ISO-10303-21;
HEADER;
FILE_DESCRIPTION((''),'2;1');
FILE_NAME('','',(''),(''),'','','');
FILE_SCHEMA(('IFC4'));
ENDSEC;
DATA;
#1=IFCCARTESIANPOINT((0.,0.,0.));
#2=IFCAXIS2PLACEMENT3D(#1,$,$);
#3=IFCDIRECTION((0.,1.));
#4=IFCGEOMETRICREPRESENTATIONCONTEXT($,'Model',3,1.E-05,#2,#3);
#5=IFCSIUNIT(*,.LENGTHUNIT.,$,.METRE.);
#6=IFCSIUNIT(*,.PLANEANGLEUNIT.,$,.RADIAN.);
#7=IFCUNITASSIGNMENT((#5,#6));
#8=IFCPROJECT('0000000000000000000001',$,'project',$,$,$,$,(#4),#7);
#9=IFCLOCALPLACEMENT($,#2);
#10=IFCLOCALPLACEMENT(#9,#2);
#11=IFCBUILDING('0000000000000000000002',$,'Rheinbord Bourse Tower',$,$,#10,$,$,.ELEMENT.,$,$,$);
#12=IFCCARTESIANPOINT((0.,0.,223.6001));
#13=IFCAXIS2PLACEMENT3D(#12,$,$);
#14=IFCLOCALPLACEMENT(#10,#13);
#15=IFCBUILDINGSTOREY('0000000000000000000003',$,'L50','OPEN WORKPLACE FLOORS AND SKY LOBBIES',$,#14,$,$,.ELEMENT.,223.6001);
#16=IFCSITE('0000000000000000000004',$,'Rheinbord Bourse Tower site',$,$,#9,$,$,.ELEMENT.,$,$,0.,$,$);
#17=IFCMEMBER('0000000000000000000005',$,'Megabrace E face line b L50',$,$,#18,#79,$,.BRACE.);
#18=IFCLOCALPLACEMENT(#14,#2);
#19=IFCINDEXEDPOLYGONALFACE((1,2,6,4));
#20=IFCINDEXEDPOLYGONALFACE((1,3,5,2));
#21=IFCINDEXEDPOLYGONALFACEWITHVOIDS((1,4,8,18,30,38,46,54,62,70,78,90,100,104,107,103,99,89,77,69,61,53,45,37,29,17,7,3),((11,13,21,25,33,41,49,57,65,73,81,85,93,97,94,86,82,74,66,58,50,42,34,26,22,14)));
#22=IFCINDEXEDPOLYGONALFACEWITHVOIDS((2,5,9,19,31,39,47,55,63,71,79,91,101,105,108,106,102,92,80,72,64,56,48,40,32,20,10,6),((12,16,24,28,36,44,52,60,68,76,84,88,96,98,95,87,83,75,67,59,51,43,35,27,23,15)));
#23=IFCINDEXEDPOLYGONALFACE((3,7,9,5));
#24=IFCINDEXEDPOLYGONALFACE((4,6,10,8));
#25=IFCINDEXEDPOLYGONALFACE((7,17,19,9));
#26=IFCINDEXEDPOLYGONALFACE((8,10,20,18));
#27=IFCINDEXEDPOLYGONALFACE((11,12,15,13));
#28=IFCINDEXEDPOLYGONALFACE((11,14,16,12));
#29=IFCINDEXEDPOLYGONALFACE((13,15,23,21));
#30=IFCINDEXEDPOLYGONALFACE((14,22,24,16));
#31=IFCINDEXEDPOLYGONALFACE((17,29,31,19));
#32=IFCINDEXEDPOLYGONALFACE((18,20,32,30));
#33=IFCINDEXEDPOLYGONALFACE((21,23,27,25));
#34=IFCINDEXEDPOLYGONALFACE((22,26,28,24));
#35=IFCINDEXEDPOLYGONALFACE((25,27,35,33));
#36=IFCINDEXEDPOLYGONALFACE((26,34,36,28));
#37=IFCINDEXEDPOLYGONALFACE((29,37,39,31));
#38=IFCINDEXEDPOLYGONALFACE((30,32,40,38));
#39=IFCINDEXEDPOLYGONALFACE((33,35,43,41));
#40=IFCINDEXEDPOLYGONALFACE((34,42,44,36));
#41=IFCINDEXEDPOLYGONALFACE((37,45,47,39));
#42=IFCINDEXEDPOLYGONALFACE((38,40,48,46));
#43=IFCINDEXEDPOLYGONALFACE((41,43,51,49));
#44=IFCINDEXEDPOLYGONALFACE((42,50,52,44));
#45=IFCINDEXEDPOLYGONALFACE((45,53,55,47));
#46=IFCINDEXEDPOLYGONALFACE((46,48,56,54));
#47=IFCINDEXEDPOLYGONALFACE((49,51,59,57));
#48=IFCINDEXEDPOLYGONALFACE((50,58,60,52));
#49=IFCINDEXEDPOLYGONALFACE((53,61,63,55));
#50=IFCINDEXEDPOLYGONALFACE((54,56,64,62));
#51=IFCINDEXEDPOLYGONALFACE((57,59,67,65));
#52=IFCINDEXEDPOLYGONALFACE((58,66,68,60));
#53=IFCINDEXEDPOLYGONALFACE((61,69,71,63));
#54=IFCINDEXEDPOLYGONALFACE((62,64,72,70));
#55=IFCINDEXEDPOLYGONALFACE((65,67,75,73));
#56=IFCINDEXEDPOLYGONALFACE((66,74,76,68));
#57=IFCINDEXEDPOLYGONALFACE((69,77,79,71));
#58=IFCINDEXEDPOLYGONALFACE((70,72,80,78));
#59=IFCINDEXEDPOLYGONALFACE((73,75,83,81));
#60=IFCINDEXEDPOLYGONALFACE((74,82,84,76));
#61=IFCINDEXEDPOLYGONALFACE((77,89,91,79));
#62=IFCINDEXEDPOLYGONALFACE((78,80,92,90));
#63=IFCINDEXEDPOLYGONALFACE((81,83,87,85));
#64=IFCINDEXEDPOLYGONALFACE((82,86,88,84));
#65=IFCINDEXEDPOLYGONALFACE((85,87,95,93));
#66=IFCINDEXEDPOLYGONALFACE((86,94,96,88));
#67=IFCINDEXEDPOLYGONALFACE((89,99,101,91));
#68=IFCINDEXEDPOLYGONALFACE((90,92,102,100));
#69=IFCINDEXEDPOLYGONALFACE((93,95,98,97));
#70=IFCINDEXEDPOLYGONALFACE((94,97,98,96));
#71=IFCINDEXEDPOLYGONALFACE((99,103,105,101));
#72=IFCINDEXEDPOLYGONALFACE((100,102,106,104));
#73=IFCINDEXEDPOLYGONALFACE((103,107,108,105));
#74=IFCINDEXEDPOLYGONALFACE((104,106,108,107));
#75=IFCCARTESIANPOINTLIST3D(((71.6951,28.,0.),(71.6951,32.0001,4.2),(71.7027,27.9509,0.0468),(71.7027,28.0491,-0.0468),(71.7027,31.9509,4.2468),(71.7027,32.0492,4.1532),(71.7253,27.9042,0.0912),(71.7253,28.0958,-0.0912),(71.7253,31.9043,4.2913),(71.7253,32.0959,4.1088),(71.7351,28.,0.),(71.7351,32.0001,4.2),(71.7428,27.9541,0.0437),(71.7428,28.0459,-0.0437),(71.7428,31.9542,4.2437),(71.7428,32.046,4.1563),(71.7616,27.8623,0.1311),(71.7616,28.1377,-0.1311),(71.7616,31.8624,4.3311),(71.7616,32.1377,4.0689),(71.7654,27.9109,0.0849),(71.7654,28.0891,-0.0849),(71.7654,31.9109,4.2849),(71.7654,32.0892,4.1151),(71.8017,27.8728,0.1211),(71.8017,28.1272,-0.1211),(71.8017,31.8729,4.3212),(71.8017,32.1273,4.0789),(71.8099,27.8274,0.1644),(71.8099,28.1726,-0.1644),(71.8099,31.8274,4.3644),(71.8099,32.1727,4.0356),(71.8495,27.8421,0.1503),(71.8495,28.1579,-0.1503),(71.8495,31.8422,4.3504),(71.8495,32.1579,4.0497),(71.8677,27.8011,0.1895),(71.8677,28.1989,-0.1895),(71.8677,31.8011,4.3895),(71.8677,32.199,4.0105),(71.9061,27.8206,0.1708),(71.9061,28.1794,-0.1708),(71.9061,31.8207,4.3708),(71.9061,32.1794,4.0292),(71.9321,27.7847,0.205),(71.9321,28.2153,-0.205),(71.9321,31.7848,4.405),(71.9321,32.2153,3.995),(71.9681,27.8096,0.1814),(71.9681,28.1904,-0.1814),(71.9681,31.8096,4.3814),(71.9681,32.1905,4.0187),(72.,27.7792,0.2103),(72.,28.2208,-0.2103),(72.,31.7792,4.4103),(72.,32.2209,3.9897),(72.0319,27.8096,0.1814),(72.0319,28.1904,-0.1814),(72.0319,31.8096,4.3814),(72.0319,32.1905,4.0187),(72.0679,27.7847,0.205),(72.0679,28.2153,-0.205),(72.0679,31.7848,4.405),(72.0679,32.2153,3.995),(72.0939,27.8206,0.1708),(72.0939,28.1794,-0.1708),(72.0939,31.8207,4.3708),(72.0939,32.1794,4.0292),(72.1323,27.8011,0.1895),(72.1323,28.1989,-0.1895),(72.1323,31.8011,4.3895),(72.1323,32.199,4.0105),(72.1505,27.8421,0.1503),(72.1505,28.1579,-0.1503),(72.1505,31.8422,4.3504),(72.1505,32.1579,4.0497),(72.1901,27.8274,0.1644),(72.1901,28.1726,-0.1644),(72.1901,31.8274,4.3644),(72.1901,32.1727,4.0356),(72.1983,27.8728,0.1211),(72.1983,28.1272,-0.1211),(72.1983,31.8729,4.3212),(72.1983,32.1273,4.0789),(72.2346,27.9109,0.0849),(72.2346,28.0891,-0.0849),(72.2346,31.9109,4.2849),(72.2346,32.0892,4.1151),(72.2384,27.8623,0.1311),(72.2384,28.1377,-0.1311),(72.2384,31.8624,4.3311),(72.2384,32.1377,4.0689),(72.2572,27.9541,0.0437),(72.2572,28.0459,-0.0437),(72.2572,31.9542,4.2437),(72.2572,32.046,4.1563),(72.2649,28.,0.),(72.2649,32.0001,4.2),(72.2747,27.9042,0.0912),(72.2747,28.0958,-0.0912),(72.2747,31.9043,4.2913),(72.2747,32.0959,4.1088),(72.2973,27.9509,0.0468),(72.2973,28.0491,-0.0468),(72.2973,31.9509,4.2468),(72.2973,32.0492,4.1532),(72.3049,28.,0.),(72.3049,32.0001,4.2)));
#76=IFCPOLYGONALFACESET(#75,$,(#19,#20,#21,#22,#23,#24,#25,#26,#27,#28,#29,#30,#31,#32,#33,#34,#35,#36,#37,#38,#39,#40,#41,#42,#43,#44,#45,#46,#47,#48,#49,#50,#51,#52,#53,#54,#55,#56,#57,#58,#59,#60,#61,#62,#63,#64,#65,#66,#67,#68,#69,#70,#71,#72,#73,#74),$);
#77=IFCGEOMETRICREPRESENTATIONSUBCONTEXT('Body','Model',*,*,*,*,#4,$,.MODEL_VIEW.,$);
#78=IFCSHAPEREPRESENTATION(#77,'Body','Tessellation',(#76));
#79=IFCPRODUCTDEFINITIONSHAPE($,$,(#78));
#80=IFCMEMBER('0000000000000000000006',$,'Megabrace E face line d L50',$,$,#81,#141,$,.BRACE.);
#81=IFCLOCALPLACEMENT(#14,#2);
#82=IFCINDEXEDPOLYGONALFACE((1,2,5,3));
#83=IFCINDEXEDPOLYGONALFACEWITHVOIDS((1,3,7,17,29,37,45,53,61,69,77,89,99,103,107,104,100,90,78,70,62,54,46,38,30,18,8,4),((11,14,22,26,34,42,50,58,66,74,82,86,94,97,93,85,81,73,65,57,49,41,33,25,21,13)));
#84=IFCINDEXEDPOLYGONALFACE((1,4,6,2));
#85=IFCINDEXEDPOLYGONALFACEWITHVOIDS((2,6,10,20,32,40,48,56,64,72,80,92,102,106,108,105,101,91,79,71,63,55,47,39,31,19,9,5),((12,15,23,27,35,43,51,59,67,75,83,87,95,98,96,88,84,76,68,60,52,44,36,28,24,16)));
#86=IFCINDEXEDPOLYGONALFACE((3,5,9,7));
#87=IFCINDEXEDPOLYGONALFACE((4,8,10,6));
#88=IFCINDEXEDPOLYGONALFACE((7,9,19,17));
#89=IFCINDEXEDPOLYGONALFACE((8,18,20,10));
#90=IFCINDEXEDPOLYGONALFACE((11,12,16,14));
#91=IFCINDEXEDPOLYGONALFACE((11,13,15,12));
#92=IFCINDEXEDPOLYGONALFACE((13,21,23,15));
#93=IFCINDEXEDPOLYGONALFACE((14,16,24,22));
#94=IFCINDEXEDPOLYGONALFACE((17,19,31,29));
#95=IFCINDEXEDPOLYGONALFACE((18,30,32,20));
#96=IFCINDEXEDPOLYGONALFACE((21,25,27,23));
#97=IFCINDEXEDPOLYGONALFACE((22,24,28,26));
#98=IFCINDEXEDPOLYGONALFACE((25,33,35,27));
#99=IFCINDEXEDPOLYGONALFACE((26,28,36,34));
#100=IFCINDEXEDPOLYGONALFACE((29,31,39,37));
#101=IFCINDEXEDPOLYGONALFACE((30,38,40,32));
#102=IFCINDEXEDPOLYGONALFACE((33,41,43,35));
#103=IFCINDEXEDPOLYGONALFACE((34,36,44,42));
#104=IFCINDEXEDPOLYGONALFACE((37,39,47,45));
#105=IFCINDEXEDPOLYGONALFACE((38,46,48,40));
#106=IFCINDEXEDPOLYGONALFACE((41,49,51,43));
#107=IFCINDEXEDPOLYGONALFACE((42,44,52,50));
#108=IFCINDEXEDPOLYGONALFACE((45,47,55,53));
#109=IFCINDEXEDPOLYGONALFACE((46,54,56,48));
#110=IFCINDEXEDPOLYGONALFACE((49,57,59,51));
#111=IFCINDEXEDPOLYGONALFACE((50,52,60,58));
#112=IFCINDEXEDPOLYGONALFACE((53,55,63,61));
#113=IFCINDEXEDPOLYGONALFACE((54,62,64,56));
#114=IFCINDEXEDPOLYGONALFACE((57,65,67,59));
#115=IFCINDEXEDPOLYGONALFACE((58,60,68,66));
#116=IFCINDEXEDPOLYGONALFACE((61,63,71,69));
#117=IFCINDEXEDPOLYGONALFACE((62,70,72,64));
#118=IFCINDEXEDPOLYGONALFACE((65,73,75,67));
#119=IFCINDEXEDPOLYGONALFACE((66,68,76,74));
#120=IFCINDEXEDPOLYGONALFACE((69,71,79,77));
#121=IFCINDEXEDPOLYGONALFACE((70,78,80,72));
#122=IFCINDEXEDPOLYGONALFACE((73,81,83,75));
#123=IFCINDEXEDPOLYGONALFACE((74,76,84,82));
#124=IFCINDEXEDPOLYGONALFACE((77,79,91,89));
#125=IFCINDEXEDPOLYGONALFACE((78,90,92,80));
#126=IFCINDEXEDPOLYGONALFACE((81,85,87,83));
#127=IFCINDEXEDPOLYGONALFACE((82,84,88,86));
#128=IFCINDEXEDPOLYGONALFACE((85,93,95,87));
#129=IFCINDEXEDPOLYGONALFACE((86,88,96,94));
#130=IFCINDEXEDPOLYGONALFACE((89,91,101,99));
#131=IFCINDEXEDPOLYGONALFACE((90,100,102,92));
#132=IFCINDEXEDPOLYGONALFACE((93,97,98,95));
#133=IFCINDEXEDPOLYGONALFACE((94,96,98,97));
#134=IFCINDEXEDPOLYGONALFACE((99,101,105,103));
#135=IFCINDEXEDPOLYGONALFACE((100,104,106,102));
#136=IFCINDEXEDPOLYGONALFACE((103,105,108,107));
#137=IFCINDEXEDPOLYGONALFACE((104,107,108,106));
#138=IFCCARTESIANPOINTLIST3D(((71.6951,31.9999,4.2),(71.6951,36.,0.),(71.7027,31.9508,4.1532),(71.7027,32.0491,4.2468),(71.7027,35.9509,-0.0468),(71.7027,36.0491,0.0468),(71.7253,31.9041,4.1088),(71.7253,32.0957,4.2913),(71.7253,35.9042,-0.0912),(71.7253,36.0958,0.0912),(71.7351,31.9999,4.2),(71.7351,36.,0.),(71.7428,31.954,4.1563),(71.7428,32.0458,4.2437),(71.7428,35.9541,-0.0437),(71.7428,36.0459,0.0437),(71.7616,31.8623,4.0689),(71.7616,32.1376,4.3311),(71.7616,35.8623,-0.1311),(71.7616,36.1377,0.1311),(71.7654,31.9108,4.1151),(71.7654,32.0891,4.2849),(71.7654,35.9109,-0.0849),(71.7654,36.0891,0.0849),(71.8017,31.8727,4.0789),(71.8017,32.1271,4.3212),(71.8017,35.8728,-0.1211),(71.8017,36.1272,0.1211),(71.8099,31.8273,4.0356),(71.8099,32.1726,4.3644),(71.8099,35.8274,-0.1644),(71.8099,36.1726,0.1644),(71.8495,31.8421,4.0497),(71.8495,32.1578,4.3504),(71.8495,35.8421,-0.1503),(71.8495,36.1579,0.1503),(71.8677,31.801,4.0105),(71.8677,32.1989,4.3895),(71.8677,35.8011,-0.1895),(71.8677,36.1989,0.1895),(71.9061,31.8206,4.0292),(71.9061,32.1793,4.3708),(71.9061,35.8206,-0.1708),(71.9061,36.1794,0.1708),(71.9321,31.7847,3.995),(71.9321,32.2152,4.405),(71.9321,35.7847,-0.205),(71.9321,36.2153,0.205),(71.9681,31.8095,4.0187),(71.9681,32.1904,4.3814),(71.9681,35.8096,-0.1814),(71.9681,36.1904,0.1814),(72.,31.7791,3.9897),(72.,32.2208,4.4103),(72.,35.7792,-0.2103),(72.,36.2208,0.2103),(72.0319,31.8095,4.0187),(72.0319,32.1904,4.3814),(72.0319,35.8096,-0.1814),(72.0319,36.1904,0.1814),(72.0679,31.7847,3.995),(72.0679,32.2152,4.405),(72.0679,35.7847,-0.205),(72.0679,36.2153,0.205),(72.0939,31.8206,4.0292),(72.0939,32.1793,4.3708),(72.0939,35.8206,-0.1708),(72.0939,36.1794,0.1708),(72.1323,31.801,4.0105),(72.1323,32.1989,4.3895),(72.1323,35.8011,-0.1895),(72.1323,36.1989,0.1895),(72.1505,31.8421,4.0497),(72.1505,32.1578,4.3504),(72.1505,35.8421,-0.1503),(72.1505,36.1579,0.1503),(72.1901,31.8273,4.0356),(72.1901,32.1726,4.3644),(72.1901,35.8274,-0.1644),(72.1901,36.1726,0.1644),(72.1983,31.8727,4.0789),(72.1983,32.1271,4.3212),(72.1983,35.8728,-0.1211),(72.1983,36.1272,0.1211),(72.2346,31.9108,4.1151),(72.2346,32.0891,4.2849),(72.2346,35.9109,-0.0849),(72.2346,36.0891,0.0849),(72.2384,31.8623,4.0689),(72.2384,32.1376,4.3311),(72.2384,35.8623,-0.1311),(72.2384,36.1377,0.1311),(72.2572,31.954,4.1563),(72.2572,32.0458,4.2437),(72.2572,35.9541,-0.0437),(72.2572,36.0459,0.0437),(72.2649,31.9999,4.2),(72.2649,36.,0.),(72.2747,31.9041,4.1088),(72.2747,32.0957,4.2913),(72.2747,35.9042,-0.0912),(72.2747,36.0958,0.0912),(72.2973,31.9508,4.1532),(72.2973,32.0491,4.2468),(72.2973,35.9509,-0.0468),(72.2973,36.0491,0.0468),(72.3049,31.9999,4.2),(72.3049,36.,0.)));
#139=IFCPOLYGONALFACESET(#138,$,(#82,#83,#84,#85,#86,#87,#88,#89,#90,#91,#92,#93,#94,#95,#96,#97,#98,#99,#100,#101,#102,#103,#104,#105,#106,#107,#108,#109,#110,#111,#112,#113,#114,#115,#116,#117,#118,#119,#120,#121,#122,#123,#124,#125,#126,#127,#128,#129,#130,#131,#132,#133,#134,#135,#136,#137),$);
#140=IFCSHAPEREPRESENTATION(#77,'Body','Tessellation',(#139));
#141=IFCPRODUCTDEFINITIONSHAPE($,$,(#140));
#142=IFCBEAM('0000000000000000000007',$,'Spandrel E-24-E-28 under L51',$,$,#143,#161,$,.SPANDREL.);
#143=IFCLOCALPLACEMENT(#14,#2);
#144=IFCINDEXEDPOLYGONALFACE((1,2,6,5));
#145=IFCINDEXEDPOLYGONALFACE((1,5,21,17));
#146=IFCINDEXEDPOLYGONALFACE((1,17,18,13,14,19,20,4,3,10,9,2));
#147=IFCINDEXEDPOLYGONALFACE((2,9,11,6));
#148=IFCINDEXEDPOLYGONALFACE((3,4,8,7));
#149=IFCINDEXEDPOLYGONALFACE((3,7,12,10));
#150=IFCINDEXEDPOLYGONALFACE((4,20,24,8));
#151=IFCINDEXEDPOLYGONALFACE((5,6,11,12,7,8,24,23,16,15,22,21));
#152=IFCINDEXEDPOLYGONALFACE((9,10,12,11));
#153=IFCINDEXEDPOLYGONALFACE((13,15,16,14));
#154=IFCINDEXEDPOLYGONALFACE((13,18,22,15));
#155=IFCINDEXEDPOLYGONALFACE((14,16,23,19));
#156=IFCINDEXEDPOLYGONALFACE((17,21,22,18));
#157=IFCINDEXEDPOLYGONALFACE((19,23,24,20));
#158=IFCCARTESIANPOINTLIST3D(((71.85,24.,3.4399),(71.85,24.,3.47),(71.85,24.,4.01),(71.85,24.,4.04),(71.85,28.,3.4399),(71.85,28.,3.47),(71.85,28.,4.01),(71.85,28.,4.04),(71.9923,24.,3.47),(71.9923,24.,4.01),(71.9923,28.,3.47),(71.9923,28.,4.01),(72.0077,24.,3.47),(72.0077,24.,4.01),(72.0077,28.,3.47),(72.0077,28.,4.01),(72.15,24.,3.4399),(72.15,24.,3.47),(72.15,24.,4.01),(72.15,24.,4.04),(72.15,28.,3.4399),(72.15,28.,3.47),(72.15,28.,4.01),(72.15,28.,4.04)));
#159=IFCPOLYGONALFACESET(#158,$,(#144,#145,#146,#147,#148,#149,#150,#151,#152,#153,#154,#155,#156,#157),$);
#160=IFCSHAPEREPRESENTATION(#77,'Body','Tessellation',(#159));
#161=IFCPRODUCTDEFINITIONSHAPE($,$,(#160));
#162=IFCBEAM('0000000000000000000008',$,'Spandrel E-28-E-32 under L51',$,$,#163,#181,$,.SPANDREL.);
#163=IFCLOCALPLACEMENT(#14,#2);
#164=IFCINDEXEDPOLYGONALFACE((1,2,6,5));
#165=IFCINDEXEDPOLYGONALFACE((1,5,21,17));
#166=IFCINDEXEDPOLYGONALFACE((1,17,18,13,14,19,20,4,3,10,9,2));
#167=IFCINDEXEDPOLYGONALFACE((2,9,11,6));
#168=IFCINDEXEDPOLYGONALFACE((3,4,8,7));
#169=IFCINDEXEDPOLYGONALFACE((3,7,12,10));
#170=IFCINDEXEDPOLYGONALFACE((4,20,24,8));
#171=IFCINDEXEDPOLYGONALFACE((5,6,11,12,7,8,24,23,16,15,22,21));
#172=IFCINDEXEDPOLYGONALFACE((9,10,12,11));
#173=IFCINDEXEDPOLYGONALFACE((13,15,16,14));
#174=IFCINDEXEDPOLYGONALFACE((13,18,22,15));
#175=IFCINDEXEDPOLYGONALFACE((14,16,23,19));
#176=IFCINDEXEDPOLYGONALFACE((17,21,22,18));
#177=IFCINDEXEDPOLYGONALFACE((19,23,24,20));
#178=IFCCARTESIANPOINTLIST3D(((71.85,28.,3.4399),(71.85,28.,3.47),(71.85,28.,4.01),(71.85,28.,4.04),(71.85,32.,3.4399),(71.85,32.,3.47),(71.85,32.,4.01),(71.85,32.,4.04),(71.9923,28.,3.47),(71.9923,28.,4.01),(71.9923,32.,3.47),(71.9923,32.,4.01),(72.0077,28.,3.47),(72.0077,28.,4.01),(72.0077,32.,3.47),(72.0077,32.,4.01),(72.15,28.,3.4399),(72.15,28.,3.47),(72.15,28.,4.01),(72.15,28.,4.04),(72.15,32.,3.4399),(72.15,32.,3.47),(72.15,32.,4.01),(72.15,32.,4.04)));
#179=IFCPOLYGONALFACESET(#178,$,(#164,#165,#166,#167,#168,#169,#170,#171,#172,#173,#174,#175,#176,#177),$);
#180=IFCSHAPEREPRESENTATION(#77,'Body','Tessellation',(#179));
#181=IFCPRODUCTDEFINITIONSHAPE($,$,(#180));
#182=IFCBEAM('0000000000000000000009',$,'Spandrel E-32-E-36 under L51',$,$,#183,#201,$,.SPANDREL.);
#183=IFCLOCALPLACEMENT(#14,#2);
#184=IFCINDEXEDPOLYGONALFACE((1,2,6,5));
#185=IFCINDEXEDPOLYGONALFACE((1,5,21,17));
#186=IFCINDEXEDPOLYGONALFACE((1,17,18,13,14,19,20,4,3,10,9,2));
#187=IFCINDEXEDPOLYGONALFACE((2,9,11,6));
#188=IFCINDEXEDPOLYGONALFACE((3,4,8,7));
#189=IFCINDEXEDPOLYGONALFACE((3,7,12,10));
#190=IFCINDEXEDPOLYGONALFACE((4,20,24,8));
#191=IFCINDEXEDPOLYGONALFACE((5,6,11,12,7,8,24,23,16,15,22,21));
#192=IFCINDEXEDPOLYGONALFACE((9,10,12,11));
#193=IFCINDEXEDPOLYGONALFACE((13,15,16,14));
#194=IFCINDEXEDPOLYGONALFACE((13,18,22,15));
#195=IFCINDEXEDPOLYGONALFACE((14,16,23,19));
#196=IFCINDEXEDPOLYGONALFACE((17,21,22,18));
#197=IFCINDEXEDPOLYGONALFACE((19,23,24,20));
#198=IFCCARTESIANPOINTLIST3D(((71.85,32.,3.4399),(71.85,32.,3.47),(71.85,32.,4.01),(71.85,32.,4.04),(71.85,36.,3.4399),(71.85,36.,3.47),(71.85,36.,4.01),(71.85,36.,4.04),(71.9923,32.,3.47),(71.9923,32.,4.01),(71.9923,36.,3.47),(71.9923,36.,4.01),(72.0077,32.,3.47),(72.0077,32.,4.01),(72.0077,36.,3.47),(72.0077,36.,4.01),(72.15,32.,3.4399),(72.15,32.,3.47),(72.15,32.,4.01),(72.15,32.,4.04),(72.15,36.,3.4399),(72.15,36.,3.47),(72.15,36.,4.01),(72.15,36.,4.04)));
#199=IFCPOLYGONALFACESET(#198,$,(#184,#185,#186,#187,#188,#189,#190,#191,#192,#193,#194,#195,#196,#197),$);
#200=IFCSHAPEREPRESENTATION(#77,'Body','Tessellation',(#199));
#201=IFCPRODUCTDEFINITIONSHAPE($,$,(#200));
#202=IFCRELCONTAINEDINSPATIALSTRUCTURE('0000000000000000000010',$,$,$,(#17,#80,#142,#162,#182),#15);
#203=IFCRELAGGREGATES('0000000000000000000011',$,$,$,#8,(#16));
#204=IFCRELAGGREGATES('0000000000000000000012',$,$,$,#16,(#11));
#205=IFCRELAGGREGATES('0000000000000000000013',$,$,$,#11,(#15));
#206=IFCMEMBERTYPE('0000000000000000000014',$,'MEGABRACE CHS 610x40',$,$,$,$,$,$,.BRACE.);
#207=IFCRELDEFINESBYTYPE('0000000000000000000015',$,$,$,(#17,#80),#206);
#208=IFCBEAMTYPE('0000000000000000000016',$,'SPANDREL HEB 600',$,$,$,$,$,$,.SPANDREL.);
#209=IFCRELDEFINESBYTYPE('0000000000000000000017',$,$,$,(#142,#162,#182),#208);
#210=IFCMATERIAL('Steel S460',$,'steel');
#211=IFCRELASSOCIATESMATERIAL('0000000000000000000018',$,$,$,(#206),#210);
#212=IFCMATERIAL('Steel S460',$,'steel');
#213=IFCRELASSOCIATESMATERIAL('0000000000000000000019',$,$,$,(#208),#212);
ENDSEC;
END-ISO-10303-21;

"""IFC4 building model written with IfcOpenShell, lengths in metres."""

from ifc_helpers import new_model, si_unit, direction, frame, origin, origin_2d, place, context, subcontext, project, spatial, hollow_circle, i_section, extrude, material, material_profile, profile_set, type_object, element, save


model = new_model("IFC4")

# Units and contexts
model_context = context("Model", 3, precision=1e-05, world=origin(), true_north=direction((0.0, 1.0)))
body_context = subcontext(model_context, "Body", "Model", "MODEL_VIEW")
ifc_project = project(units=[si_unit("LENGTHUNIT", "METRE"), si_unit("PLANEANGLEUNIT", "RADIAN")], contexts=[model_context])

# Site, building, storey
site_placement = place(None, origin())
site = spatial("IfcSite", under=ifc_project, at=site_placement, Name="Rheinbord Bourse Tower site", CompositionType="ELEMENT", RefElevation=0.0)
building_placement = place(site_placement, origin())
building = spatial("IfcBuilding", under=site, at=building_placement, Name="Rheinbord Bourse Tower", CompositionType="ELEMENT")
storey_placement = place(building_placement, frame((0.0, 0.0, 223.6001)))
storey = spatial("IfcBuildingStorey", under=building, at=storey_placement, Name="L50", Description="OPEN WORKPLACE FLOORS AND SKY LOBBIES", CompositionType="ELEMENT", Elevation=223.6001)

# Members
ifc_material_1 = material(Name="Steel S460", Category="steel")
ifc_material_profile_1 = material_profile(ifc_material_1, hollow_circle(Radius=0.3049, WallThickness=0.04, at=origin_2d()), Name="CHS 610x40")
ifc_profile_set_1 = profile_set([ifc_material_profile_1], Name="Steel S460")
member_type_1 = type_object("IfcMemberType", Name="MEGABRACE CHS 610x40", PredefinedType="BRACE", material=ifc_profile_set_1)
for number, where, z_axis, x_axis, name in (
    (1, (72.0, 28.0, 0.0), (0.0, 0.689659, 0.724134), (-1.0, 0.0, 0.0), "Megabrace E face line b L50"),
    (2, (72.0, 36.0, 0.0), (0.0, -0.689659, 0.724134), (1.0, 0.0, 0.0), "Megabrace E face line d L50"),
):
    element("IfcMember", number, at=place(storey_placement, frame(where, z_axis=z_axis, x_axis=x_axis)), inside=storey, type_object=member_type_1, Name=name, PredefinedType="BRACE", context=body_context, shape_type="SweptSolid", body=[
        extrude(hollow_circle(Radius=0.3049, WallThickness=0.04, at=origin_2d()), origin(), (0.0, 0.0, 1.0), 5.8),
    ])

# Beams
ifc_material_2 = material(Name="Steel S460", Category="steel")
ifc_material_profile_2 = material_profile(ifc_material_2, i_section(OverallWidth=0.3, OverallDepth=0.6001, WebThickness=0.0154, FlangeThickness=0.03, at=origin_2d()), Name="HEB 600")
ifc_profile_set_2 = profile_set([ifc_material_profile_2], Name="Steel S460")
beam_type_1 = type_object("IfcBeamType", Name="SPANDREL HEB 600", PredefinedType="SPANDREL", material=ifc_profile_set_2)
for number, where, z_axis, x_axis, name in (
    (3, (72.0, 24.0, 3.74), (0.0, 1.0, 0.0), (-1.0, 0.0, 0.0), "Spandrel E-24-E-28 under L51"),
    (4, (72.0, 28.0, 3.74), (0.0, 1.0, 0.0), (-1.0, 0.0, 0.0), "Spandrel E-28-E-32 under L51"),
    (5, (72.0, 32.0, 3.74), (0.0, 1.0, 0.0), (-1.0, 0.0, 0.0), "Spandrel E-32-E-36 under L51"),
):
    element("IfcBeam", number, at=place(storey_placement, frame(where, z_axis=z_axis, x_axis=x_axis)), inside=storey, type_object=beam_type_1, Name=name, PredefinedType="SPANDREL", context=body_context, shape_type="SweptSolid", body=[
        extrude(i_section(OverallWidth=0.3, OverallDepth=0.6001, WebThickness=0.0154, FlangeThickness=0.03, at=origin_2d()), origin(), (0.0, 0.0, 1.0), 4.0),
    ])

save(model, "model.ifc")
